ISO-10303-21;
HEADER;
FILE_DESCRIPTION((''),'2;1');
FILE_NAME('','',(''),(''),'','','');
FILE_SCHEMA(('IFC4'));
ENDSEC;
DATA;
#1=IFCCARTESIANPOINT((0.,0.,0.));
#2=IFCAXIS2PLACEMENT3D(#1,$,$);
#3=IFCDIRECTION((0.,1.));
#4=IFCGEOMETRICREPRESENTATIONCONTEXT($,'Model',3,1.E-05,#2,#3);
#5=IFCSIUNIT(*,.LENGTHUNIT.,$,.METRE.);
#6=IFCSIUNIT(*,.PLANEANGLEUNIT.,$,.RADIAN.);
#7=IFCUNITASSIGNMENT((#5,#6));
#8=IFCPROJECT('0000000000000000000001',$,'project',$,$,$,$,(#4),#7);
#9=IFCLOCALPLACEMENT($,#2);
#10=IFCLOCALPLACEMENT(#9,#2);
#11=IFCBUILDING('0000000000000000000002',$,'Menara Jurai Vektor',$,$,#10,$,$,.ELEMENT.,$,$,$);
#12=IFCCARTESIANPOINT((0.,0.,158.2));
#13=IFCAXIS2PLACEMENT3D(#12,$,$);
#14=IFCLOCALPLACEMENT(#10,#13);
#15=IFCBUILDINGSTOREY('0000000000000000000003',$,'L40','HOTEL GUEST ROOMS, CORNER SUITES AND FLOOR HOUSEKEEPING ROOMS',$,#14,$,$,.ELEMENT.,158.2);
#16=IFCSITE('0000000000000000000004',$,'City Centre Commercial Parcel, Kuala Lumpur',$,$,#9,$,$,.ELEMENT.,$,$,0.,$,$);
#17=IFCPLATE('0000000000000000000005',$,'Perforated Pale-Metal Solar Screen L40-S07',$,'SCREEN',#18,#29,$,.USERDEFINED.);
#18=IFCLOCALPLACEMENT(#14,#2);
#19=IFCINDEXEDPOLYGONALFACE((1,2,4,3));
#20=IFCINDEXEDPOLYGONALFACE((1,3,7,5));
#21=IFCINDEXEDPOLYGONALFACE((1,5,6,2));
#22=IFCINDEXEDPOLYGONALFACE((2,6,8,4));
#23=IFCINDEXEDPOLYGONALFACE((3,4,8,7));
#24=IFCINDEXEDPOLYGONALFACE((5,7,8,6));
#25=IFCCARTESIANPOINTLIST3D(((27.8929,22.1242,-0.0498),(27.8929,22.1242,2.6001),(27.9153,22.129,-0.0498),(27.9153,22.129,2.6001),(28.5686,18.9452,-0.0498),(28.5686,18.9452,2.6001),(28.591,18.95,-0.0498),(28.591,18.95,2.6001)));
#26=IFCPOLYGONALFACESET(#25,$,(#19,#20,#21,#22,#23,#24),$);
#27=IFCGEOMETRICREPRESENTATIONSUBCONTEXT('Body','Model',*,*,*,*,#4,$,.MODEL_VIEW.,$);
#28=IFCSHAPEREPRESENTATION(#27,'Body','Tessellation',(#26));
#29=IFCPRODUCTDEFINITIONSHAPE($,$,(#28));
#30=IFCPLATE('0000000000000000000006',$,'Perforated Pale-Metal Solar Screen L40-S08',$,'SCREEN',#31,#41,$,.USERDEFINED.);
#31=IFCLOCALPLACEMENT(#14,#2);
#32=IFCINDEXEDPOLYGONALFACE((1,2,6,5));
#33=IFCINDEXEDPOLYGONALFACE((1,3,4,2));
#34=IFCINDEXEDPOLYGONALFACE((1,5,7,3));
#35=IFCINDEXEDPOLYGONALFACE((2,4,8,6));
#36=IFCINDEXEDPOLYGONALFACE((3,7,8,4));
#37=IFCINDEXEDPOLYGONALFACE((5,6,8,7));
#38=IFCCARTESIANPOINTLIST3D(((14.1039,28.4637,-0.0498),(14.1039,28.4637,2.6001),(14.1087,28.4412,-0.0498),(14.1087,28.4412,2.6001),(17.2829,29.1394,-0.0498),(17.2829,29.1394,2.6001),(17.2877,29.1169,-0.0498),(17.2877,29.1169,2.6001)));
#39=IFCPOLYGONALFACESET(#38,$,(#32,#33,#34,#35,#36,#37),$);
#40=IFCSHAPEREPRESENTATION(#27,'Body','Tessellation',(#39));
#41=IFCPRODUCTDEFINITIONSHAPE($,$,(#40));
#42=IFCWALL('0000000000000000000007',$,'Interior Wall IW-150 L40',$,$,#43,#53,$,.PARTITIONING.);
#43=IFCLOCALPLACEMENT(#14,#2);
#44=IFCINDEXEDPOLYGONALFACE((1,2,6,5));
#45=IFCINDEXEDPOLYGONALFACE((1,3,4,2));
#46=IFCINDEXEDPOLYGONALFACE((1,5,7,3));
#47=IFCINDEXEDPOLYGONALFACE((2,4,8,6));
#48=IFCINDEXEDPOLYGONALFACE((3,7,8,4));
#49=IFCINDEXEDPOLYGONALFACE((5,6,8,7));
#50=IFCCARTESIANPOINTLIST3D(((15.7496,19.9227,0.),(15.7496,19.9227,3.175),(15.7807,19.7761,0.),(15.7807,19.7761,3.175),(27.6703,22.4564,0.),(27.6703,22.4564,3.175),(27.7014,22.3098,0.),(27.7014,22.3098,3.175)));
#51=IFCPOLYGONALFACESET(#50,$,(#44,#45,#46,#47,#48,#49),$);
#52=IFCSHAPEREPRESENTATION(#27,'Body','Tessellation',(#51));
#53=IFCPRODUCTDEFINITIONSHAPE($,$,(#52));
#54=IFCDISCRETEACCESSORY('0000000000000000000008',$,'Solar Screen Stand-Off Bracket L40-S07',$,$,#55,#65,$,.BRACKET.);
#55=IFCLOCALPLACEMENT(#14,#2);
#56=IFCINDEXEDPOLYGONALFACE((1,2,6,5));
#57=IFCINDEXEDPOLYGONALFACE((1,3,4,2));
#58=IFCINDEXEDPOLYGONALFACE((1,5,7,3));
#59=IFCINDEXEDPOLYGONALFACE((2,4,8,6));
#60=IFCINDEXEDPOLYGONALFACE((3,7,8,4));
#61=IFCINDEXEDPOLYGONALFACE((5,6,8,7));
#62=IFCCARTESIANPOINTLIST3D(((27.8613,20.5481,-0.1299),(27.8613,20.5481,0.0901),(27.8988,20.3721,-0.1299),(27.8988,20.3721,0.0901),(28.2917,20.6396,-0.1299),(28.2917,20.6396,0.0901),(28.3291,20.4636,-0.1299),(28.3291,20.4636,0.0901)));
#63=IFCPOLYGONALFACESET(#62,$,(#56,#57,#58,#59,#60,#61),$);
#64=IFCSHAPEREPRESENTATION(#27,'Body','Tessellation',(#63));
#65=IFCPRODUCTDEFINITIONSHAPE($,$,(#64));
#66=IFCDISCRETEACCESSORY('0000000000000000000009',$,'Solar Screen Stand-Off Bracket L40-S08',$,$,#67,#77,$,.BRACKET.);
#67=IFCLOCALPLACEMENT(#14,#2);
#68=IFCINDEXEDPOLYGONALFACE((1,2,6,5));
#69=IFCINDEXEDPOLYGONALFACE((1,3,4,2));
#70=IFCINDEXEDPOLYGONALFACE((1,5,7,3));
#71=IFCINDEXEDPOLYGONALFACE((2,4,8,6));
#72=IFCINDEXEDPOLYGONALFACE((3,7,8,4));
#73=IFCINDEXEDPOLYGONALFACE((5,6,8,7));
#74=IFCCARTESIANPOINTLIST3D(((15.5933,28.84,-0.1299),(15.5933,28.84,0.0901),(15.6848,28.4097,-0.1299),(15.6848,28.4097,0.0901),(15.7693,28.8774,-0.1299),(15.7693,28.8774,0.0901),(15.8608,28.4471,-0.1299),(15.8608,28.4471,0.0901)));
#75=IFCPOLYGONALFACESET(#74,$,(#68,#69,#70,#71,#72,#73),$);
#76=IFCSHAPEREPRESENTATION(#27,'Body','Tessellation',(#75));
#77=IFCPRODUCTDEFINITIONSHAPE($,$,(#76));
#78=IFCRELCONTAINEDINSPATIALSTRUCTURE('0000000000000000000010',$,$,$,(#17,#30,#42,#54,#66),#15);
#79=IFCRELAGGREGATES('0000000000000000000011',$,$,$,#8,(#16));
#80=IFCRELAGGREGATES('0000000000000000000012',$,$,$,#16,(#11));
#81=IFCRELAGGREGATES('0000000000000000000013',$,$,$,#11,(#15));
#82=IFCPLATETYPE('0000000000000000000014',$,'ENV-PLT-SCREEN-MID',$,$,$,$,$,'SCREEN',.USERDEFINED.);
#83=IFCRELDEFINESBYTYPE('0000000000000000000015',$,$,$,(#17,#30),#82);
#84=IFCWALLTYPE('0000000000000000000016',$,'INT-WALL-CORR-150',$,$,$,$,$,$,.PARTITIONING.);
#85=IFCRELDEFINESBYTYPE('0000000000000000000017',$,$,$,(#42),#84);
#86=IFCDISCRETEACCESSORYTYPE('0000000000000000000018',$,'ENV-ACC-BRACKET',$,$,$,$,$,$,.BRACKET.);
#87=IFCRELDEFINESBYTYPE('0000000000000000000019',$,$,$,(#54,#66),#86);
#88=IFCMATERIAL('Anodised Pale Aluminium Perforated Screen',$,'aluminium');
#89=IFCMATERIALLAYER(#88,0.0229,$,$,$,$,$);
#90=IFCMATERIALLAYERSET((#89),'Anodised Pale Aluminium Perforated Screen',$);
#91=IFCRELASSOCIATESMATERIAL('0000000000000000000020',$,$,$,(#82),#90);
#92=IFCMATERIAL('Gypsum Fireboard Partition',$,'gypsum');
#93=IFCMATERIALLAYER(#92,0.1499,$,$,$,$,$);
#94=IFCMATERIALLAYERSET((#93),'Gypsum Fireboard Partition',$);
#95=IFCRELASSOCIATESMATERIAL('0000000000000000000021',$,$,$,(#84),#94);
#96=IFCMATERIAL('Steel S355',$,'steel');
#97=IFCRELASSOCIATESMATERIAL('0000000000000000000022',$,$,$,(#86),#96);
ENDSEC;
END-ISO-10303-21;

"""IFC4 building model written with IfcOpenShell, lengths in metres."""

from ifc_helpers import new_model, si_unit, direction, frame, frame_2d, origin, origin_2d, place, context, subcontext, project, spatial, rectangle, extrude, material, layer, layer_set, type_object, element, save


model = new_model("IFC4")

# Units and contexts
model_context = context("Model", 3, precision=1e-05, world=origin(), true_north=direction((0.0, 1.0)))
body_context = subcontext(model_context, "Body", "Model", "MODEL_VIEW")
ifc_project = project(units=[si_unit("LENGTHUNIT", "METRE"), si_unit("PLANEANGLEUNIT", "RADIAN")], contexts=[model_context])

# Site, building, storey
site_placement = place(None, origin())
site = spatial("IfcSite", under=ifc_project, at=site_placement, Name="City Centre Commercial Parcel, Kuala Lumpur", CompositionType="ELEMENT", RefElevation=0.0)
building_placement = place(site_placement, origin())
building = spatial("IfcBuilding", under=site, at=building_placement, Name="Menara Jurai Vektor", CompositionType="ELEMENT")
storey_placement = place(building_placement, frame((0.0, 0.0, 158.2)))
storey = spatial("IfcBuildingStorey", under=building, at=storey_placement, Name="L40", Description="HOTEL GUEST ROOMS, CORNER SUITES AND FLOOR HOUSEKEEPING ROOMS", CompositionType="ELEMENT", Elevation=158.2)

# Shared definitions
ifc_material_1 = material(Name="Steel S355", Category="steel")

# Plates
ifc_material_2 = material(Name="Anodised Pale Aluminium Perforated Screen", Category="aluminium")
ifc_layer_1 = layer(ifc_material_2, 0.0229)
ifc_layer_set_1 = layer_set([ifc_layer_1], Name="Anodised Pale Aluminium Perforated Screen")
plate_type_1 = type_object("IfcPlateType", Name="ENV-PLT-SCREEN-MID", ElementType="SCREEN", PredefinedType="USERDEFINED", material=ifc_layer_set_1)
for number, where, z_axis, x_axis, name in (
    (1, (28.2419, 20.5371, -0.0498), (0.0, 0.0, 1.0), (-0.207912, 0.978148, 0.0), "Perforated Pale-Metal Solar Screen L40-S07"),
    (2, (15.6958, 28.7903, -0.0498), (0.0, 0.0, 1.0), (-0.978148, -0.207912, 0.0), "Perforated Pale-Metal Solar Screen L40-S08"),
):
    element("IfcPlate", number, at=place(storey_placement, frame(where, z_axis=z_axis, x_axis=x_axis)), inside=storey, type_object=plate_type_1, Name=name, ObjectType="SCREEN", PredefinedType="USERDEFINED", context=body_context, shape_type="SweptSolid", body=[
        extrude(rectangle(XDim=3.25, YDim=0.0229, at=origin_2d()), origin(), (0.0, 0.0, 1.0), 2.6499),
    ])

# Wall
ifc_material_3 = material(Name="Gypsum Fireboard Partition", Category="gypsum")
ifc_layer_2 = layer(ifc_material_3, 0.1499)
ifc_layer_set_2 = layer_set([ifc_layer_2], Name="Gypsum Fireboard Partition")
wall_type = type_object("IfcWallType", Name="INT-WALL-CORR-150", PredefinedType="PARTITIONING", material=ifc_layer_set_2)
wall_1_placement = place(storey_placement, frame((15.7651, 19.8494, 0.0), z_axis=(0.0, 0.0, 1.0), x_axis=(0.97815, 0.207902, 0.0)))
element("IfcWall", 3, at=wall_1_placement, inside=storey, type_object=wall_type, Name="Interior Wall IW-150 L40", PredefinedType="PARTITIONING", context=body_context, shape_type="SweptSolid", body=[
    extrude(rectangle(XDim=12.187, YDim=0.1499, at=frame_2d((6.0935, 0.0))), origin(), (0.0, 0.0, 1.0), 3.175),
])

# Discrete accessories
discrete_accessory_type = type_object("IfcDiscreteAccessoryType", Name="ENV-ACC-BRACKET", PredefinedType="BRACKET", material=ifc_material_1)
for number, where, z_axis, x_axis, name in (
    (4, (28.0952, 20.5059, -0.1299), (0.0, 0.0, 1.0), (-0.207912, 0.978148, 0.0), "Solar Screen Stand-Off Bracket L40-S07"),
    (5, (15.7271, 28.6436, -0.1299), (0.0, 0.0, 1.0), (-0.978148, -0.207912, 0.0), "Solar Screen Stand-Off Bracket L40-S08"),
):
    element("IfcDiscreteAccessory", number, at=place(storey_placement, frame(where, z_axis=z_axis, x_axis=x_axis)), inside=storey, type_object=discrete_accessory_type, Name=name, PredefinedType="BRACKET", context=body_context, shape_type="SweptSolid", body=[
        extrude(rectangle(XDim=0.1799, YDim=0.4399, at=origin_2d()), origin(), (0.0, 0.0, 1.0), 0.22),
    ])

save(model, "model.ifc")
